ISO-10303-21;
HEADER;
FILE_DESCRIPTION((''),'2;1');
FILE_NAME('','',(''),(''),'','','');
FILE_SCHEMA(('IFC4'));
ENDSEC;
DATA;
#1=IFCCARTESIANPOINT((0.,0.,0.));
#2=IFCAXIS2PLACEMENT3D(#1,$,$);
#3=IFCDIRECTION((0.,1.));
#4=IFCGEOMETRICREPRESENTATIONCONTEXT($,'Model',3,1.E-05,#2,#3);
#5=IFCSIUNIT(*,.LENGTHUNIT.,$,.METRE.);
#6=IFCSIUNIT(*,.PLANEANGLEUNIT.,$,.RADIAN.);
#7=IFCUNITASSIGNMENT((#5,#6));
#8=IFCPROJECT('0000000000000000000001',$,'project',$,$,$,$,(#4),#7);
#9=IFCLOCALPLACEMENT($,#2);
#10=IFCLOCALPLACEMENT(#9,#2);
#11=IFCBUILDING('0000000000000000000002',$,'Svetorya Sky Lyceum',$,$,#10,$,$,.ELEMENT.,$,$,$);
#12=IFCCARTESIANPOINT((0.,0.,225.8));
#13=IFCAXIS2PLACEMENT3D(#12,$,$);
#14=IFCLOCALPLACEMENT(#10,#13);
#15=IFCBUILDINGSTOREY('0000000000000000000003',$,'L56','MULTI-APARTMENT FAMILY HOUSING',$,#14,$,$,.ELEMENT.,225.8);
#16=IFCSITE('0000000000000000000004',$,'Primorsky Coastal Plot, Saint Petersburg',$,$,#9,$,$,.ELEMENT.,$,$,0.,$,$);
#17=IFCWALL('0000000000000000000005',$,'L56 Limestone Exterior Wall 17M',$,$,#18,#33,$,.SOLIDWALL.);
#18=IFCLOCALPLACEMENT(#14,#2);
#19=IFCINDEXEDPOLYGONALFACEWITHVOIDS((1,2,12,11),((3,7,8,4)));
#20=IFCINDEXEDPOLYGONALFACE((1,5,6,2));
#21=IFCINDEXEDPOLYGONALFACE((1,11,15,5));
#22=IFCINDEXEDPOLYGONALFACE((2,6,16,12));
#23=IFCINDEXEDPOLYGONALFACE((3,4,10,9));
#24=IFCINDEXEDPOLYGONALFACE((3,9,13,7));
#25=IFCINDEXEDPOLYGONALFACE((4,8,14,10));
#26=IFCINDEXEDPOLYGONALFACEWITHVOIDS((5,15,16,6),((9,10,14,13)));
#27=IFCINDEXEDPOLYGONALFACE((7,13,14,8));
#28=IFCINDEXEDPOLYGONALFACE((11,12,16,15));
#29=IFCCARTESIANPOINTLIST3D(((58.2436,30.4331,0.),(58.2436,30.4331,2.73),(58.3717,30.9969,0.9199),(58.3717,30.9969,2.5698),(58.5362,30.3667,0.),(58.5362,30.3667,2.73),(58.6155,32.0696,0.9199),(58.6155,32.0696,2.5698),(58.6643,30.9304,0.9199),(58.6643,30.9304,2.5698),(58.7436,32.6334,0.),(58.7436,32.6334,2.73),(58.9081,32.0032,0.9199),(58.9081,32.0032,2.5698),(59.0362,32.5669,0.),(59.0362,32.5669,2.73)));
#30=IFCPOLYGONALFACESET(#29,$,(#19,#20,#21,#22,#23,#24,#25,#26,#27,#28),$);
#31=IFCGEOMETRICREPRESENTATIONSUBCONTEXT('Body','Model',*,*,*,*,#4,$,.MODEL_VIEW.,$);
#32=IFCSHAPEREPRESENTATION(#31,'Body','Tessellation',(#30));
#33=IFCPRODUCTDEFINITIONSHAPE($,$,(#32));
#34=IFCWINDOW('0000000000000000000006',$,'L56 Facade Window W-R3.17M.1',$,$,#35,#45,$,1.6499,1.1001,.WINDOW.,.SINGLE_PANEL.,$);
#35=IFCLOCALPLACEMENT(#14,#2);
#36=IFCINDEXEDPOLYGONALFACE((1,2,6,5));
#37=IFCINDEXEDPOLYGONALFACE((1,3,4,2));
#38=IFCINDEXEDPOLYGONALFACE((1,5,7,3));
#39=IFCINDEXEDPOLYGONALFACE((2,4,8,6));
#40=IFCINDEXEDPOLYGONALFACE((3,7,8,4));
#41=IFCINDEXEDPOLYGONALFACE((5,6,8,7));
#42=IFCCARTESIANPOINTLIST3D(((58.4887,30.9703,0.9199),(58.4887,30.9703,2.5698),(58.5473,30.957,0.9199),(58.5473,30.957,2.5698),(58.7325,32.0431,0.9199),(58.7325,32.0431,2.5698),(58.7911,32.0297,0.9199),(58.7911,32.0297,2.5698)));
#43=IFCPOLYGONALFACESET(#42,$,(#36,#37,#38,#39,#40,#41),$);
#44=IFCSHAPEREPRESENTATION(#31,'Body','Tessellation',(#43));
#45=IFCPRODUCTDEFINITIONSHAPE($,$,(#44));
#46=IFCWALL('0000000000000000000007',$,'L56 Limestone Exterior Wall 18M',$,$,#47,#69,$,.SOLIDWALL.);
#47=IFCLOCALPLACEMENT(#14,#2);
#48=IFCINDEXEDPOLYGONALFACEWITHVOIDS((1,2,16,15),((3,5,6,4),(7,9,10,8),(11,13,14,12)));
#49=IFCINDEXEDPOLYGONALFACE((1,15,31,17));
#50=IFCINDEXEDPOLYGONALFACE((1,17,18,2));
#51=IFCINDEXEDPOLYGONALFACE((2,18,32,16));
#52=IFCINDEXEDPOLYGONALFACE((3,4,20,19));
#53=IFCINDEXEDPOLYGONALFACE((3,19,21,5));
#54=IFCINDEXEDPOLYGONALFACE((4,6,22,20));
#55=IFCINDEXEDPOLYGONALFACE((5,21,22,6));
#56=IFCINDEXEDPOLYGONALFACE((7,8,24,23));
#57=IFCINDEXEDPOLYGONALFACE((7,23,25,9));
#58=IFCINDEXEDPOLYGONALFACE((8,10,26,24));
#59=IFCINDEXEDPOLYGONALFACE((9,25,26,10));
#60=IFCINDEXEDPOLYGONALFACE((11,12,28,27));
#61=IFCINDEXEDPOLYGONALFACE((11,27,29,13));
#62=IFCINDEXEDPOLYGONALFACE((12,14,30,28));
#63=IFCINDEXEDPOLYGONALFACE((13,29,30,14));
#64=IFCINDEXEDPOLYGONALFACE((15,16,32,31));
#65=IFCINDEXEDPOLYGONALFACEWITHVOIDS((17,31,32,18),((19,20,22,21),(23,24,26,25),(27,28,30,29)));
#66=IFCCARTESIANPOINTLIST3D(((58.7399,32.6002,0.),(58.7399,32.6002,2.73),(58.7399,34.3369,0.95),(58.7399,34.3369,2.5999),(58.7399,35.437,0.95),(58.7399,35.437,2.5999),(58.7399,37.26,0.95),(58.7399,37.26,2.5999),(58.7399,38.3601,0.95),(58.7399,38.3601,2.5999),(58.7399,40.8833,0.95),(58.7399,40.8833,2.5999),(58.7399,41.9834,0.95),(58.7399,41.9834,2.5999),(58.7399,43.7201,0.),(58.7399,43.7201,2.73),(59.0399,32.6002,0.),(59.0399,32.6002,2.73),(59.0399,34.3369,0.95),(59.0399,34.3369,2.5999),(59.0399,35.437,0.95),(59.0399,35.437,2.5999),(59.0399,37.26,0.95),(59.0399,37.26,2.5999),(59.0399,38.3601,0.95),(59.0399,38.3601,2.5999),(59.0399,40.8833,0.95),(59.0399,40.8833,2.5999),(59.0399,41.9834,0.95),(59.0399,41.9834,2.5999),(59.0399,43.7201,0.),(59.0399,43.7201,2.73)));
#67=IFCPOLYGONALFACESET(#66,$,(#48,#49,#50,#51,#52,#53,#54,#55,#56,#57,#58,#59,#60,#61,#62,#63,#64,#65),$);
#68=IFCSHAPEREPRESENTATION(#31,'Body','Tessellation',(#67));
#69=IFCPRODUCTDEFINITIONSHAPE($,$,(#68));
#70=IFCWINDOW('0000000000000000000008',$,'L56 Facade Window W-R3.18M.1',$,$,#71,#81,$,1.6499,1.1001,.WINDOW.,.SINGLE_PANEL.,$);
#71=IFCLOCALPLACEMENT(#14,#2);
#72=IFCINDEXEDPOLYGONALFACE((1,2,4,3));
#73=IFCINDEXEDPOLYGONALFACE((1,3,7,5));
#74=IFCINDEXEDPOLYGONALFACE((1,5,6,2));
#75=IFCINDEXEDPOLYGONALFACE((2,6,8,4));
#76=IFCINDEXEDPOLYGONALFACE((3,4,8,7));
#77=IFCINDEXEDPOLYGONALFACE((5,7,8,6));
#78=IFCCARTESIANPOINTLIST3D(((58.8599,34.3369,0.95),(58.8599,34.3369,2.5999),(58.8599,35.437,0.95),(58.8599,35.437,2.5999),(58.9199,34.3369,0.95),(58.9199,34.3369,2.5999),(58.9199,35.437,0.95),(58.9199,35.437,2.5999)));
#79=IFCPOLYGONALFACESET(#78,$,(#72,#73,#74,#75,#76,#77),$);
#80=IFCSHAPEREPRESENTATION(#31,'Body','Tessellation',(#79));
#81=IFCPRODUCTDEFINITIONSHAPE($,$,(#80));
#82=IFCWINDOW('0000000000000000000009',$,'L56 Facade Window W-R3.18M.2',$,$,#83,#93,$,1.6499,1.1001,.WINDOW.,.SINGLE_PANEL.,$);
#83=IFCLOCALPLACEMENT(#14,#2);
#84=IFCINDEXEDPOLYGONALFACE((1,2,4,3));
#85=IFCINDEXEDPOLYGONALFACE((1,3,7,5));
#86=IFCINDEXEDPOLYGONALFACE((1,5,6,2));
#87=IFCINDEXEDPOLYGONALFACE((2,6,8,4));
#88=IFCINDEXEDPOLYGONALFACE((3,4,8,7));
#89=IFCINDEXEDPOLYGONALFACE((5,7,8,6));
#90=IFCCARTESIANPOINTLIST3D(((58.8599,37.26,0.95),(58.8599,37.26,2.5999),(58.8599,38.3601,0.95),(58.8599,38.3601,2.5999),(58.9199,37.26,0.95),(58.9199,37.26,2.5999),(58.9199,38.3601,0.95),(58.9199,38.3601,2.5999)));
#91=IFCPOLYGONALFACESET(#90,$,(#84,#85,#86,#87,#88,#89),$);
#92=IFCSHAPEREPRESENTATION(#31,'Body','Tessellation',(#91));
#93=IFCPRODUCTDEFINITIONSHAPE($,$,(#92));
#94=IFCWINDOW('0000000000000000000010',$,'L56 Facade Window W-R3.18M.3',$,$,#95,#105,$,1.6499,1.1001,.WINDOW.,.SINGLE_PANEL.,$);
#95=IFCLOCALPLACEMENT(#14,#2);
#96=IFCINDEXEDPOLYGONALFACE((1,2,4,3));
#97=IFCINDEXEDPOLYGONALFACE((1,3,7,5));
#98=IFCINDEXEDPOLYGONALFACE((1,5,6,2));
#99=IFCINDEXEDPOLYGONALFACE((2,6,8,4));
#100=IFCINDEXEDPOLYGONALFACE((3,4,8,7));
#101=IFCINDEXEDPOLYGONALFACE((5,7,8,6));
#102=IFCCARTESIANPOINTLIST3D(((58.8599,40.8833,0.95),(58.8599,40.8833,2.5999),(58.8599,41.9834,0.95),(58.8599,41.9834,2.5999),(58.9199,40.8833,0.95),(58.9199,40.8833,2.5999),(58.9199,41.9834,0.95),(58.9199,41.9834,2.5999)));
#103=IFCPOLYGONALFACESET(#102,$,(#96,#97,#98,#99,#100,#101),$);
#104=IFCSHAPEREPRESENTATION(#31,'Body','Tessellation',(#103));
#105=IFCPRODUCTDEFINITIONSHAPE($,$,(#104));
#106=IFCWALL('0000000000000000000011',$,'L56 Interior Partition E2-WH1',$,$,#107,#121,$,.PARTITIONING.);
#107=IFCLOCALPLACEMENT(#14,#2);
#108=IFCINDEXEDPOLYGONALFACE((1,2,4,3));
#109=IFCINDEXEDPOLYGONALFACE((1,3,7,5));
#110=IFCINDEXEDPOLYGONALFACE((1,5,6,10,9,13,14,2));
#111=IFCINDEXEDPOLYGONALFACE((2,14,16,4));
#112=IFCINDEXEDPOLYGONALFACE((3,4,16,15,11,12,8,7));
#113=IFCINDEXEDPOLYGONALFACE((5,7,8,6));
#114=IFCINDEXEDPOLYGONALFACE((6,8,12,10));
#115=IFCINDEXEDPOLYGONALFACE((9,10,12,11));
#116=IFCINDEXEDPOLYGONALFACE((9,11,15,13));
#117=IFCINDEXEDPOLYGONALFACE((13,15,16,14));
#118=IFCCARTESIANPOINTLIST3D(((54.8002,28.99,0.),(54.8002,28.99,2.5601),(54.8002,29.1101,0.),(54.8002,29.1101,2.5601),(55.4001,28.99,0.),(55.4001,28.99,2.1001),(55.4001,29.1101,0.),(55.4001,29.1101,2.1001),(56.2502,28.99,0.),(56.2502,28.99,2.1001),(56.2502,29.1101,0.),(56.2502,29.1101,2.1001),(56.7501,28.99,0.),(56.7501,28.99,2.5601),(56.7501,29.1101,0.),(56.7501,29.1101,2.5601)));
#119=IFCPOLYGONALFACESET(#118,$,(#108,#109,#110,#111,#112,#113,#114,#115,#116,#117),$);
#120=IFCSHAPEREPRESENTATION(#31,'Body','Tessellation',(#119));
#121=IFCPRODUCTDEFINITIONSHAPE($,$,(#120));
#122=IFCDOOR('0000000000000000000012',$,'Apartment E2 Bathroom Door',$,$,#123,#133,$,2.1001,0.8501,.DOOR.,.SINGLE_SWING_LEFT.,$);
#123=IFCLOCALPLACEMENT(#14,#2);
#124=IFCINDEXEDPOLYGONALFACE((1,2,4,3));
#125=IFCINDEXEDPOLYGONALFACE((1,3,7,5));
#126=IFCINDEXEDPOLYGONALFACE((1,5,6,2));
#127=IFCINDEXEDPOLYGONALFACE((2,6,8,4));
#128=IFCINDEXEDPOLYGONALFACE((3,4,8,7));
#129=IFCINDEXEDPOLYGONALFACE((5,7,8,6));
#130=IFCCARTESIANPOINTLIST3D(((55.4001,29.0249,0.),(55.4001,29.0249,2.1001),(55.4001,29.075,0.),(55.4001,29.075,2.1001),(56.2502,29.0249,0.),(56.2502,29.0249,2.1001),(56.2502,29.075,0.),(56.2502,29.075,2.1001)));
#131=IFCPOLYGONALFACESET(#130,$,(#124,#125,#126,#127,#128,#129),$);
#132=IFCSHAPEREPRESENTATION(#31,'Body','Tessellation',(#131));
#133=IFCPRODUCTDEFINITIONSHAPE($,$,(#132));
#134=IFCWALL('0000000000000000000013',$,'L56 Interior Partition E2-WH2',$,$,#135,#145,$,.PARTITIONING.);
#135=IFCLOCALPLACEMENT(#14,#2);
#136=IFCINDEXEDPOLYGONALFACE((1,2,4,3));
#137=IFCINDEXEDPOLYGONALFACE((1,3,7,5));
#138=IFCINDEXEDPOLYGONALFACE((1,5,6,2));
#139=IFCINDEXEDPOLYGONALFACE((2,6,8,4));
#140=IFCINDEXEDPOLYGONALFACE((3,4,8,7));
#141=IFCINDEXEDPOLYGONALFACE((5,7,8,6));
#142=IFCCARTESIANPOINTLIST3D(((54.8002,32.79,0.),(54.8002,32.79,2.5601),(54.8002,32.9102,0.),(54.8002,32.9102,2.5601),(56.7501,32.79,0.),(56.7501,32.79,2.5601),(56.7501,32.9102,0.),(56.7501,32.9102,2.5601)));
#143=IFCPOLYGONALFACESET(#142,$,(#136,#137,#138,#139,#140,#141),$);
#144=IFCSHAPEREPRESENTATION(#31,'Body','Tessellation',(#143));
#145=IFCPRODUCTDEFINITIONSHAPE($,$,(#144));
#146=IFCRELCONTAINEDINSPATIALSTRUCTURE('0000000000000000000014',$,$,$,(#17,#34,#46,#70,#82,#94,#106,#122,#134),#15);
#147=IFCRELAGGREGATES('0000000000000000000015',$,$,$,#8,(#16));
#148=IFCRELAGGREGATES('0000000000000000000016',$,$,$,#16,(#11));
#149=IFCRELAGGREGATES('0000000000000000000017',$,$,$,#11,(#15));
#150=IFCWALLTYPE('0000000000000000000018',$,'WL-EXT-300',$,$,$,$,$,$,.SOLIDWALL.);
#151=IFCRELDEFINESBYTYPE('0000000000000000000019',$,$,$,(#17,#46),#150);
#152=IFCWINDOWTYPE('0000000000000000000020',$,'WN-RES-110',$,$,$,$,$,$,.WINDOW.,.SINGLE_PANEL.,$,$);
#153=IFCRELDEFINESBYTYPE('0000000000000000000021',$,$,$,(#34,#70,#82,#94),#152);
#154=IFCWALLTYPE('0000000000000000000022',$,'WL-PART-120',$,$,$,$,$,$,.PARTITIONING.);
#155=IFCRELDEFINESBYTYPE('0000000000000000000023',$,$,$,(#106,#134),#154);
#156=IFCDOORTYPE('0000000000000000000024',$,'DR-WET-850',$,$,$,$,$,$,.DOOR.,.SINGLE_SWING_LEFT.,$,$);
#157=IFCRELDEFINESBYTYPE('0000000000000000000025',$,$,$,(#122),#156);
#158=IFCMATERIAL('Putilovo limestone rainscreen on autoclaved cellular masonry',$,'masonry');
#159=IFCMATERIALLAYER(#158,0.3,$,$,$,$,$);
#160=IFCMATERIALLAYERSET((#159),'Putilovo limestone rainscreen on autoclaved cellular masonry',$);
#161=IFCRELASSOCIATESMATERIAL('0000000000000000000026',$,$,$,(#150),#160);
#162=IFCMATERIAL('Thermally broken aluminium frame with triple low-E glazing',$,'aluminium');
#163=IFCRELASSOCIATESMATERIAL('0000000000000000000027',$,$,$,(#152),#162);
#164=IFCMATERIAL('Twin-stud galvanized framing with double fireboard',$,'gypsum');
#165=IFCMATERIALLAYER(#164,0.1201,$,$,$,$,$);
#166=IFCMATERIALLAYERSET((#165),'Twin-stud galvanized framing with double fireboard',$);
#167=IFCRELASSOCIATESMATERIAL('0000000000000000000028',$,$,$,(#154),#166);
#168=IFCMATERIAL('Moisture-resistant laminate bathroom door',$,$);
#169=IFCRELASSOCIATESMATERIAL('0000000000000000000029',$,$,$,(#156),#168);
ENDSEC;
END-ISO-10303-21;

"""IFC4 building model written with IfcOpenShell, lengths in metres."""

from ifc_helpers import new_model, si_unit, direction, frame, frame_2d, origin, place, context, subcontext, project, spatial, rectangle, extrude, material, layer, layer_set, type_object, element, fill, save


model = new_model("IFC4")

# Units and contexts
model_context = context("Model", 3, precision=1e-05, world=origin(), true_north=direction((0.0, 1.0)))
body_context = subcontext(model_context, "Body", "Model", "MODEL_VIEW")
ifc_project = project(units=[si_unit("LENGTHUNIT", "METRE"), si_unit("PLANEANGLEUNIT", "RADIAN")], contexts=[model_context])

# Site, building, storey
site_placement = place(None, origin())
site = spatial("IfcSite", under=ifc_project, at=site_placement, Name="Primorsky Coastal Plot, Saint Petersburg", CompositionType="ELEMENT", RefElevation=0.0)
building_placement = place(site_placement, origin())
building = spatial("IfcBuilding", under=site, at=building_placement, Name="Svetorya Sky Lyceum", CompositionType="ELEMENT")
storey_placement = place(building_placement, frame((0.0, 0.0, 225.8)))
storey = spatial("IfcBuildingStorey", under=building, at=storey_placement, Name="L56", Description="MULTI-APARTMENT FAMILY HOUSING", CompositionType="ELEMENT", Elevation=225.8)

# Shared definitions
ifc_material_1 = material(Name="Putilovo limestone rainscreen on autoclaved cellular masonry", Category="masonry")
ifc_layer_1 = layer(ifc_material_1, 0.3)
ifc_layer_set_1 = layer_set([ifc_layer_1], Name="Putilovo limestone rainscreen on autoclaved cellular masonry")
wall_type_1 = type_object("IfcWallType", Name="WL-EXT-300", PredefinedType="SOLIDWALL", material=ifc_layer_set_1)

# Wall, opening, window
wall_1_placement = place(storey_placement, frame((58.3899, 30.3999, 0.0), z_axis=(0.0, 0.0, 1.0), x_axis=(0.221602, 0.975137, 0.0)))
wall_1 = element("IfcWall", 1, at=wall_1_placement, inside=storey, type_object=wall_type_1, Name="L56 Limestone Exterior Wall 17M", PredefinedType="SOLIDWALL", context=body_context, shape_type="SweptSolid", body=[
    extrude(rectangle(XDim=2.2563, YDim=0.3, at=frame_2d((1.1282, 0.0))), origin(), (0.0, 0.0, 1.0), 2.73),
])
opening_1_placement = place(wall_1_placement, frame((0.5781, 0.0, 0.9199)))
opening_1 = element("IfcOpeningElement", 2, at=opening_1_placement, cuts=wall_1, PredefinedType="OPENING", context=body_context, shape_type="SweptSolid", body=[
    extrude(rectangle(XDim=1.1001, YDim=1.6499, at=frame_2d((0.55, 0.825))), frame((0.0, 0.1599, 0.0), z_axis=(0.0, -1.0, 0.0), x_axis=(1.0, 0.0, 0.0)), (0.0, 0.0, 1.0), 0.3201),
])
ifc_material_2 = material(Name="Thermally broken aluminium frame with triple low-E glazing", Category="aluminium")
window_type = type_object("IfcWindowType", Name="WN-RES-110", PartitioningType="SINGLE_PANEL", PredefinedType="WINDOW", material=ifc_material_2)
window_1_placement = place(opening_1_placement, origin())
window_1 = element("IfcWindow", 3, at=window_1_placement, inside=storey, type_object=window_type, Name="L56 Facade Window W-R3.17M.1", OverallHeight=1.6499, OverallWidth=1.1001, PartitioningType="SINGLE_PANEL", PredefinedType="WINDOW", context=body_context, shape_type="SweptSolid", body=[
    extrude(rectangle(XDim=1.1001, YDim=1.6499, at=frame_2d((0.55, 0.825))), frame((0.0, 0.03, 0.0), z_axis=(0.0, -1.0, 0.0), x_axis=(1.0, 0.0, 0.0)), (0.0, 0.0, 1.0), 0.0601),
])
fill(opening_1, window_1)

# Wall, openings, windows
wall_2_placement = place(storey_placement, frame((58.8899, 32.6001, 0.0), z_axis=(0.0, 0.0, 1.0), x_axis=(0.0, 1.0, 0.0)))
wall_2 = element("IfcWall", 4, at=wall_2_placement, inside=storey, type_object=wall_type_1, Name="L56 Limestone Exterior Wall 18M", PredefinedType="SOLIDWALL", context=body_context, shape_type="SweptSolid", body=[
    extrude(rectangle(XDim=11.1199, YDim=0.3, at=frame_2d((5.5601, 0.0))), origin(), (0.0, 0.0, 1.0), 2.73),
])
opening_2_placement = place(wall_2_placement, frame((1.7368, 0.0, 0.95)))
opening_2 = element("IfcOpeningElement", 5, at=opening_2_placement, cuts=wall_2, PredefinedType="OPENING", context=body_context, shape_type="SweptSolid", body=[
    extrude(rectangle(XDim=1.1001, YDim=1.6499, at=frame_2d((0.55, 0.825))), frame((0.0, 0.1599, 0.0), z_axis=(0.0, -1.0, 0.0), x_axis=(1.0, 0.0, 0.0)), (0.0, 0.0, 1.0), 0.3201),
])
opening_3_placement = place(wall_2_placement, frame((4.6599, 0.0, 0.95)))
opening_3 = element("IfcOpeningElement", 6, at=opening_3_placement, cuts=wall_2, PredefinedType="OPENING", context=body_context, shape_type="SweptSolid", body=[
    extrude(rectangle(XDim=1.1001, YDim=1.6499, at=frame_2d((0.55, 0.825))), frame((0.0, 0.1599, 0.0), z_axis=(0.0, -1.0, 0.0), x_axis=(1.0, 0.0, 0.0)), (0.0, 0.0, 1.0), 0.3201),
])
opening_4_placement = place(wall_2_placement, frame((8.2832, 0.0, 0.95)))
opening_4 = element("IfcOpeningElement", 7, at=opening_4_placement, cuts=wall_2, PredefinedType="OPENING", context=body_context, shape_type="SweptSolid", body=[
    extrude(rectangle(XDim=1.1001, YDim=1.6499, at=frame_2d((0.55, 0.825))), frame((0.0, 0.1599, 0.0), z_axis=(0.0, -1.0, 0.0), x_axis=(1.0, 0.0, 0.0)), (0.0, 0.0, 1.0), 0.3201),
])
window_2_placement = place(opening_2_placement, origin())
window_2 = element("IfcWindow", 8, at=window_2_placement, inside=storey, type_object=window_type, Name="L56 Facade Window W-R3.18M.1", OverallHeight=1.6499, OverallWidth=1.1001, PartitioningType="SINGLE_PANEL", PredefinedType="WINDOW", context=body_context, shape_type="SweptSolid", body=[
    extrude(rectangle(XDim=1.1001, YDim=1.6499, at=frame_2d((0.55, 0.825))), frame((0.0, 0.03, 0.0), z_axis=(0.0, -1.0, 0.0), x_axis=(1.0, 0.0, 0.0)), (0.0, 0.0, 1.0), 0.0601),
])
fill(opening_2, window_2)
window_3_placement = place(opening_3_placement, origin())
window_3 = element("IfcWindow", 9, at=window_3_placement, inside=storey, type_object=window_type, Name="L56 Facade Window W-R3.18M.2", OverallHeight=1.6499, OverallWidth=1.1001, PartitioningType="SINGLE_PANEL", PredefinedType="WINDOW", context=body_context, shape_type="SweptSolid", body=[
    extrude(rectangle(XDim=1.1001, YDim=1.6499, at=frame_2d((0.55, 0.825))), frame((0.0, 0.03, 0.0), z_axis=(0.0, -1.0, 0.0), x_axis=(1.0, 0.0, 0.0)), (0.0, 0.0, 1.0), 0.0601),
])
fill(opening_3, window_3)
window_4_placement = place(opening_4_placement, origin())
window_4 = element("IfcWindow", 10, at=window_4_placement, inside=storey, type_object=window_type, Name="L56 Facade Window W-R3.18M.3", OverallHeight=1.6499, OverallWidth=1.1001, PartitioningType="SINGLE_PANEL", PredefinedType="WINDOW", context=body_context, shape_type="SweptSolid", body=[
    extrude(rectangle(XDim=1.1001, YDim=1.6499, at=frame_2d((0.55, 0.825))), frame((0.0, 0.03, 0.0), z_axis=(0.0, -1.0, 0.0), x_axis=(1.0, 0.0, 0.0)), (0.0, 0.0, 1.0), 0.0601),
])
fill(opening_4, window_4)

# Wall, opening, door
ifc_material_3 = material(Name="Twin-stud galvanized framing with double fireboard", Category="gypsum")
ifc_layer_2 = layer(ifc_material_3, 0.1201)
ifc_layer_set_2 = layer_set([ifc_layer_2], Name="Twin-stud galvanized framing with double fireboard")
wall_type_2 = type_object("IfcWallType", Name="WL-PART-120", PredefinedType="PARTITIONING", material=ifc_layer_set_2)
wall_3_placement = place(storey_placement, frame((54.8, 29.05, 0.0), z_axis=(0.0, 0.0, 1.0), x_axis=(1.0, 0.0, 0.0)))
wall_3 = element("IfcWall", 11, at=wall_3_placement, inside=storey, type_object=wall_type_2, Name="L56 Interior Partition E2-WH1", PredefinedType="PARTITIONING", context=body_context, shape_type="SweptSolid", body=[
    extrude(rectangle(XDim=1.95, YDim=0.1201, at=frame_2d((0.9751, 0.0))), origin(), (0.0, 0.0, 1.0), 2.5601),
])
opening_5_placement = place(wall_3_placement, frame((0.6001, 0.0, 0.0)))
opening_5 = element("IfcOpeningElement", 12, at=opening_5_placement, cuts=wall_3, PredefinedType="OPENING", context=body_context, shape_type="SweptSolid", body=[
    extrude(rectangle(XDim=0.8501, YDim=2.1001, at=frame_2d((0.425, 1.05))), frame((0.0, 0.0701, 0.0), z_axis=(0.0, -1.0, 0.0), x_axis=(1.0, 0.0, 0.0)), (0.0, 0.0, 1.0), 0.1401),
])
ifc_material_4 = material(Name="Moisture-resistant laminate bathroom door")
door_type_1 = type_object("IfcDoorType", Name="DR-WET-850", OperationType="SINGLE_SWING_LEFT", PredefinedType="DOOR", material=ifc_material_4)
door_1_placement = place(opening_5_placement, origin())
door_1 = element("IfcDoor", 13, at=door_1_placement, inside=storey, type_object=door_type_1, Name="Apartment E2 Bathroom Door", OperationType="SINGLE_SWING_LEFT", OverallHeight=2.1001, OverallWidth=0.8501, PredefinedType="DOOR", context=body_context, shape_type="SweptSolid", body=[
    extrude(rectangle(XDim=0.8501, YDim=2.1001, at=frame_2d((0.425, 1.05))), frame((0.0, 0.0249, 0.0), z_axis=(0.0, -1.0, 0.0), x_axis=(1.0, 0.0, 0.0)), (0.0, 0.0, 1.0), 0.05),
])
fill(opening_5, door_1)

# Wall
wall_4_placement = place(storey_placement, frame((54.8, 32.8501, 0.0), z_axis=(0.0, 0.0, 1.0), x_axis=(1.0, 0.0, 0.0)))
element("IfcWall", 14, at=wall_4_placement, inside=storey, type_object=wall_type_2, Name="L56 Interior Partition E2-WH2", PredefinedType="PARTITIONING", context=body_context, shape_type="SweptSolid", body=[
    extrude(rectangle(XDim=1.95, YDim=0.1201, at=frame_2d((0.9751, 0.0))), origin(), (0.0, 0.0, 1.0), 2.5601),
])

save(model, "model.ifc")
